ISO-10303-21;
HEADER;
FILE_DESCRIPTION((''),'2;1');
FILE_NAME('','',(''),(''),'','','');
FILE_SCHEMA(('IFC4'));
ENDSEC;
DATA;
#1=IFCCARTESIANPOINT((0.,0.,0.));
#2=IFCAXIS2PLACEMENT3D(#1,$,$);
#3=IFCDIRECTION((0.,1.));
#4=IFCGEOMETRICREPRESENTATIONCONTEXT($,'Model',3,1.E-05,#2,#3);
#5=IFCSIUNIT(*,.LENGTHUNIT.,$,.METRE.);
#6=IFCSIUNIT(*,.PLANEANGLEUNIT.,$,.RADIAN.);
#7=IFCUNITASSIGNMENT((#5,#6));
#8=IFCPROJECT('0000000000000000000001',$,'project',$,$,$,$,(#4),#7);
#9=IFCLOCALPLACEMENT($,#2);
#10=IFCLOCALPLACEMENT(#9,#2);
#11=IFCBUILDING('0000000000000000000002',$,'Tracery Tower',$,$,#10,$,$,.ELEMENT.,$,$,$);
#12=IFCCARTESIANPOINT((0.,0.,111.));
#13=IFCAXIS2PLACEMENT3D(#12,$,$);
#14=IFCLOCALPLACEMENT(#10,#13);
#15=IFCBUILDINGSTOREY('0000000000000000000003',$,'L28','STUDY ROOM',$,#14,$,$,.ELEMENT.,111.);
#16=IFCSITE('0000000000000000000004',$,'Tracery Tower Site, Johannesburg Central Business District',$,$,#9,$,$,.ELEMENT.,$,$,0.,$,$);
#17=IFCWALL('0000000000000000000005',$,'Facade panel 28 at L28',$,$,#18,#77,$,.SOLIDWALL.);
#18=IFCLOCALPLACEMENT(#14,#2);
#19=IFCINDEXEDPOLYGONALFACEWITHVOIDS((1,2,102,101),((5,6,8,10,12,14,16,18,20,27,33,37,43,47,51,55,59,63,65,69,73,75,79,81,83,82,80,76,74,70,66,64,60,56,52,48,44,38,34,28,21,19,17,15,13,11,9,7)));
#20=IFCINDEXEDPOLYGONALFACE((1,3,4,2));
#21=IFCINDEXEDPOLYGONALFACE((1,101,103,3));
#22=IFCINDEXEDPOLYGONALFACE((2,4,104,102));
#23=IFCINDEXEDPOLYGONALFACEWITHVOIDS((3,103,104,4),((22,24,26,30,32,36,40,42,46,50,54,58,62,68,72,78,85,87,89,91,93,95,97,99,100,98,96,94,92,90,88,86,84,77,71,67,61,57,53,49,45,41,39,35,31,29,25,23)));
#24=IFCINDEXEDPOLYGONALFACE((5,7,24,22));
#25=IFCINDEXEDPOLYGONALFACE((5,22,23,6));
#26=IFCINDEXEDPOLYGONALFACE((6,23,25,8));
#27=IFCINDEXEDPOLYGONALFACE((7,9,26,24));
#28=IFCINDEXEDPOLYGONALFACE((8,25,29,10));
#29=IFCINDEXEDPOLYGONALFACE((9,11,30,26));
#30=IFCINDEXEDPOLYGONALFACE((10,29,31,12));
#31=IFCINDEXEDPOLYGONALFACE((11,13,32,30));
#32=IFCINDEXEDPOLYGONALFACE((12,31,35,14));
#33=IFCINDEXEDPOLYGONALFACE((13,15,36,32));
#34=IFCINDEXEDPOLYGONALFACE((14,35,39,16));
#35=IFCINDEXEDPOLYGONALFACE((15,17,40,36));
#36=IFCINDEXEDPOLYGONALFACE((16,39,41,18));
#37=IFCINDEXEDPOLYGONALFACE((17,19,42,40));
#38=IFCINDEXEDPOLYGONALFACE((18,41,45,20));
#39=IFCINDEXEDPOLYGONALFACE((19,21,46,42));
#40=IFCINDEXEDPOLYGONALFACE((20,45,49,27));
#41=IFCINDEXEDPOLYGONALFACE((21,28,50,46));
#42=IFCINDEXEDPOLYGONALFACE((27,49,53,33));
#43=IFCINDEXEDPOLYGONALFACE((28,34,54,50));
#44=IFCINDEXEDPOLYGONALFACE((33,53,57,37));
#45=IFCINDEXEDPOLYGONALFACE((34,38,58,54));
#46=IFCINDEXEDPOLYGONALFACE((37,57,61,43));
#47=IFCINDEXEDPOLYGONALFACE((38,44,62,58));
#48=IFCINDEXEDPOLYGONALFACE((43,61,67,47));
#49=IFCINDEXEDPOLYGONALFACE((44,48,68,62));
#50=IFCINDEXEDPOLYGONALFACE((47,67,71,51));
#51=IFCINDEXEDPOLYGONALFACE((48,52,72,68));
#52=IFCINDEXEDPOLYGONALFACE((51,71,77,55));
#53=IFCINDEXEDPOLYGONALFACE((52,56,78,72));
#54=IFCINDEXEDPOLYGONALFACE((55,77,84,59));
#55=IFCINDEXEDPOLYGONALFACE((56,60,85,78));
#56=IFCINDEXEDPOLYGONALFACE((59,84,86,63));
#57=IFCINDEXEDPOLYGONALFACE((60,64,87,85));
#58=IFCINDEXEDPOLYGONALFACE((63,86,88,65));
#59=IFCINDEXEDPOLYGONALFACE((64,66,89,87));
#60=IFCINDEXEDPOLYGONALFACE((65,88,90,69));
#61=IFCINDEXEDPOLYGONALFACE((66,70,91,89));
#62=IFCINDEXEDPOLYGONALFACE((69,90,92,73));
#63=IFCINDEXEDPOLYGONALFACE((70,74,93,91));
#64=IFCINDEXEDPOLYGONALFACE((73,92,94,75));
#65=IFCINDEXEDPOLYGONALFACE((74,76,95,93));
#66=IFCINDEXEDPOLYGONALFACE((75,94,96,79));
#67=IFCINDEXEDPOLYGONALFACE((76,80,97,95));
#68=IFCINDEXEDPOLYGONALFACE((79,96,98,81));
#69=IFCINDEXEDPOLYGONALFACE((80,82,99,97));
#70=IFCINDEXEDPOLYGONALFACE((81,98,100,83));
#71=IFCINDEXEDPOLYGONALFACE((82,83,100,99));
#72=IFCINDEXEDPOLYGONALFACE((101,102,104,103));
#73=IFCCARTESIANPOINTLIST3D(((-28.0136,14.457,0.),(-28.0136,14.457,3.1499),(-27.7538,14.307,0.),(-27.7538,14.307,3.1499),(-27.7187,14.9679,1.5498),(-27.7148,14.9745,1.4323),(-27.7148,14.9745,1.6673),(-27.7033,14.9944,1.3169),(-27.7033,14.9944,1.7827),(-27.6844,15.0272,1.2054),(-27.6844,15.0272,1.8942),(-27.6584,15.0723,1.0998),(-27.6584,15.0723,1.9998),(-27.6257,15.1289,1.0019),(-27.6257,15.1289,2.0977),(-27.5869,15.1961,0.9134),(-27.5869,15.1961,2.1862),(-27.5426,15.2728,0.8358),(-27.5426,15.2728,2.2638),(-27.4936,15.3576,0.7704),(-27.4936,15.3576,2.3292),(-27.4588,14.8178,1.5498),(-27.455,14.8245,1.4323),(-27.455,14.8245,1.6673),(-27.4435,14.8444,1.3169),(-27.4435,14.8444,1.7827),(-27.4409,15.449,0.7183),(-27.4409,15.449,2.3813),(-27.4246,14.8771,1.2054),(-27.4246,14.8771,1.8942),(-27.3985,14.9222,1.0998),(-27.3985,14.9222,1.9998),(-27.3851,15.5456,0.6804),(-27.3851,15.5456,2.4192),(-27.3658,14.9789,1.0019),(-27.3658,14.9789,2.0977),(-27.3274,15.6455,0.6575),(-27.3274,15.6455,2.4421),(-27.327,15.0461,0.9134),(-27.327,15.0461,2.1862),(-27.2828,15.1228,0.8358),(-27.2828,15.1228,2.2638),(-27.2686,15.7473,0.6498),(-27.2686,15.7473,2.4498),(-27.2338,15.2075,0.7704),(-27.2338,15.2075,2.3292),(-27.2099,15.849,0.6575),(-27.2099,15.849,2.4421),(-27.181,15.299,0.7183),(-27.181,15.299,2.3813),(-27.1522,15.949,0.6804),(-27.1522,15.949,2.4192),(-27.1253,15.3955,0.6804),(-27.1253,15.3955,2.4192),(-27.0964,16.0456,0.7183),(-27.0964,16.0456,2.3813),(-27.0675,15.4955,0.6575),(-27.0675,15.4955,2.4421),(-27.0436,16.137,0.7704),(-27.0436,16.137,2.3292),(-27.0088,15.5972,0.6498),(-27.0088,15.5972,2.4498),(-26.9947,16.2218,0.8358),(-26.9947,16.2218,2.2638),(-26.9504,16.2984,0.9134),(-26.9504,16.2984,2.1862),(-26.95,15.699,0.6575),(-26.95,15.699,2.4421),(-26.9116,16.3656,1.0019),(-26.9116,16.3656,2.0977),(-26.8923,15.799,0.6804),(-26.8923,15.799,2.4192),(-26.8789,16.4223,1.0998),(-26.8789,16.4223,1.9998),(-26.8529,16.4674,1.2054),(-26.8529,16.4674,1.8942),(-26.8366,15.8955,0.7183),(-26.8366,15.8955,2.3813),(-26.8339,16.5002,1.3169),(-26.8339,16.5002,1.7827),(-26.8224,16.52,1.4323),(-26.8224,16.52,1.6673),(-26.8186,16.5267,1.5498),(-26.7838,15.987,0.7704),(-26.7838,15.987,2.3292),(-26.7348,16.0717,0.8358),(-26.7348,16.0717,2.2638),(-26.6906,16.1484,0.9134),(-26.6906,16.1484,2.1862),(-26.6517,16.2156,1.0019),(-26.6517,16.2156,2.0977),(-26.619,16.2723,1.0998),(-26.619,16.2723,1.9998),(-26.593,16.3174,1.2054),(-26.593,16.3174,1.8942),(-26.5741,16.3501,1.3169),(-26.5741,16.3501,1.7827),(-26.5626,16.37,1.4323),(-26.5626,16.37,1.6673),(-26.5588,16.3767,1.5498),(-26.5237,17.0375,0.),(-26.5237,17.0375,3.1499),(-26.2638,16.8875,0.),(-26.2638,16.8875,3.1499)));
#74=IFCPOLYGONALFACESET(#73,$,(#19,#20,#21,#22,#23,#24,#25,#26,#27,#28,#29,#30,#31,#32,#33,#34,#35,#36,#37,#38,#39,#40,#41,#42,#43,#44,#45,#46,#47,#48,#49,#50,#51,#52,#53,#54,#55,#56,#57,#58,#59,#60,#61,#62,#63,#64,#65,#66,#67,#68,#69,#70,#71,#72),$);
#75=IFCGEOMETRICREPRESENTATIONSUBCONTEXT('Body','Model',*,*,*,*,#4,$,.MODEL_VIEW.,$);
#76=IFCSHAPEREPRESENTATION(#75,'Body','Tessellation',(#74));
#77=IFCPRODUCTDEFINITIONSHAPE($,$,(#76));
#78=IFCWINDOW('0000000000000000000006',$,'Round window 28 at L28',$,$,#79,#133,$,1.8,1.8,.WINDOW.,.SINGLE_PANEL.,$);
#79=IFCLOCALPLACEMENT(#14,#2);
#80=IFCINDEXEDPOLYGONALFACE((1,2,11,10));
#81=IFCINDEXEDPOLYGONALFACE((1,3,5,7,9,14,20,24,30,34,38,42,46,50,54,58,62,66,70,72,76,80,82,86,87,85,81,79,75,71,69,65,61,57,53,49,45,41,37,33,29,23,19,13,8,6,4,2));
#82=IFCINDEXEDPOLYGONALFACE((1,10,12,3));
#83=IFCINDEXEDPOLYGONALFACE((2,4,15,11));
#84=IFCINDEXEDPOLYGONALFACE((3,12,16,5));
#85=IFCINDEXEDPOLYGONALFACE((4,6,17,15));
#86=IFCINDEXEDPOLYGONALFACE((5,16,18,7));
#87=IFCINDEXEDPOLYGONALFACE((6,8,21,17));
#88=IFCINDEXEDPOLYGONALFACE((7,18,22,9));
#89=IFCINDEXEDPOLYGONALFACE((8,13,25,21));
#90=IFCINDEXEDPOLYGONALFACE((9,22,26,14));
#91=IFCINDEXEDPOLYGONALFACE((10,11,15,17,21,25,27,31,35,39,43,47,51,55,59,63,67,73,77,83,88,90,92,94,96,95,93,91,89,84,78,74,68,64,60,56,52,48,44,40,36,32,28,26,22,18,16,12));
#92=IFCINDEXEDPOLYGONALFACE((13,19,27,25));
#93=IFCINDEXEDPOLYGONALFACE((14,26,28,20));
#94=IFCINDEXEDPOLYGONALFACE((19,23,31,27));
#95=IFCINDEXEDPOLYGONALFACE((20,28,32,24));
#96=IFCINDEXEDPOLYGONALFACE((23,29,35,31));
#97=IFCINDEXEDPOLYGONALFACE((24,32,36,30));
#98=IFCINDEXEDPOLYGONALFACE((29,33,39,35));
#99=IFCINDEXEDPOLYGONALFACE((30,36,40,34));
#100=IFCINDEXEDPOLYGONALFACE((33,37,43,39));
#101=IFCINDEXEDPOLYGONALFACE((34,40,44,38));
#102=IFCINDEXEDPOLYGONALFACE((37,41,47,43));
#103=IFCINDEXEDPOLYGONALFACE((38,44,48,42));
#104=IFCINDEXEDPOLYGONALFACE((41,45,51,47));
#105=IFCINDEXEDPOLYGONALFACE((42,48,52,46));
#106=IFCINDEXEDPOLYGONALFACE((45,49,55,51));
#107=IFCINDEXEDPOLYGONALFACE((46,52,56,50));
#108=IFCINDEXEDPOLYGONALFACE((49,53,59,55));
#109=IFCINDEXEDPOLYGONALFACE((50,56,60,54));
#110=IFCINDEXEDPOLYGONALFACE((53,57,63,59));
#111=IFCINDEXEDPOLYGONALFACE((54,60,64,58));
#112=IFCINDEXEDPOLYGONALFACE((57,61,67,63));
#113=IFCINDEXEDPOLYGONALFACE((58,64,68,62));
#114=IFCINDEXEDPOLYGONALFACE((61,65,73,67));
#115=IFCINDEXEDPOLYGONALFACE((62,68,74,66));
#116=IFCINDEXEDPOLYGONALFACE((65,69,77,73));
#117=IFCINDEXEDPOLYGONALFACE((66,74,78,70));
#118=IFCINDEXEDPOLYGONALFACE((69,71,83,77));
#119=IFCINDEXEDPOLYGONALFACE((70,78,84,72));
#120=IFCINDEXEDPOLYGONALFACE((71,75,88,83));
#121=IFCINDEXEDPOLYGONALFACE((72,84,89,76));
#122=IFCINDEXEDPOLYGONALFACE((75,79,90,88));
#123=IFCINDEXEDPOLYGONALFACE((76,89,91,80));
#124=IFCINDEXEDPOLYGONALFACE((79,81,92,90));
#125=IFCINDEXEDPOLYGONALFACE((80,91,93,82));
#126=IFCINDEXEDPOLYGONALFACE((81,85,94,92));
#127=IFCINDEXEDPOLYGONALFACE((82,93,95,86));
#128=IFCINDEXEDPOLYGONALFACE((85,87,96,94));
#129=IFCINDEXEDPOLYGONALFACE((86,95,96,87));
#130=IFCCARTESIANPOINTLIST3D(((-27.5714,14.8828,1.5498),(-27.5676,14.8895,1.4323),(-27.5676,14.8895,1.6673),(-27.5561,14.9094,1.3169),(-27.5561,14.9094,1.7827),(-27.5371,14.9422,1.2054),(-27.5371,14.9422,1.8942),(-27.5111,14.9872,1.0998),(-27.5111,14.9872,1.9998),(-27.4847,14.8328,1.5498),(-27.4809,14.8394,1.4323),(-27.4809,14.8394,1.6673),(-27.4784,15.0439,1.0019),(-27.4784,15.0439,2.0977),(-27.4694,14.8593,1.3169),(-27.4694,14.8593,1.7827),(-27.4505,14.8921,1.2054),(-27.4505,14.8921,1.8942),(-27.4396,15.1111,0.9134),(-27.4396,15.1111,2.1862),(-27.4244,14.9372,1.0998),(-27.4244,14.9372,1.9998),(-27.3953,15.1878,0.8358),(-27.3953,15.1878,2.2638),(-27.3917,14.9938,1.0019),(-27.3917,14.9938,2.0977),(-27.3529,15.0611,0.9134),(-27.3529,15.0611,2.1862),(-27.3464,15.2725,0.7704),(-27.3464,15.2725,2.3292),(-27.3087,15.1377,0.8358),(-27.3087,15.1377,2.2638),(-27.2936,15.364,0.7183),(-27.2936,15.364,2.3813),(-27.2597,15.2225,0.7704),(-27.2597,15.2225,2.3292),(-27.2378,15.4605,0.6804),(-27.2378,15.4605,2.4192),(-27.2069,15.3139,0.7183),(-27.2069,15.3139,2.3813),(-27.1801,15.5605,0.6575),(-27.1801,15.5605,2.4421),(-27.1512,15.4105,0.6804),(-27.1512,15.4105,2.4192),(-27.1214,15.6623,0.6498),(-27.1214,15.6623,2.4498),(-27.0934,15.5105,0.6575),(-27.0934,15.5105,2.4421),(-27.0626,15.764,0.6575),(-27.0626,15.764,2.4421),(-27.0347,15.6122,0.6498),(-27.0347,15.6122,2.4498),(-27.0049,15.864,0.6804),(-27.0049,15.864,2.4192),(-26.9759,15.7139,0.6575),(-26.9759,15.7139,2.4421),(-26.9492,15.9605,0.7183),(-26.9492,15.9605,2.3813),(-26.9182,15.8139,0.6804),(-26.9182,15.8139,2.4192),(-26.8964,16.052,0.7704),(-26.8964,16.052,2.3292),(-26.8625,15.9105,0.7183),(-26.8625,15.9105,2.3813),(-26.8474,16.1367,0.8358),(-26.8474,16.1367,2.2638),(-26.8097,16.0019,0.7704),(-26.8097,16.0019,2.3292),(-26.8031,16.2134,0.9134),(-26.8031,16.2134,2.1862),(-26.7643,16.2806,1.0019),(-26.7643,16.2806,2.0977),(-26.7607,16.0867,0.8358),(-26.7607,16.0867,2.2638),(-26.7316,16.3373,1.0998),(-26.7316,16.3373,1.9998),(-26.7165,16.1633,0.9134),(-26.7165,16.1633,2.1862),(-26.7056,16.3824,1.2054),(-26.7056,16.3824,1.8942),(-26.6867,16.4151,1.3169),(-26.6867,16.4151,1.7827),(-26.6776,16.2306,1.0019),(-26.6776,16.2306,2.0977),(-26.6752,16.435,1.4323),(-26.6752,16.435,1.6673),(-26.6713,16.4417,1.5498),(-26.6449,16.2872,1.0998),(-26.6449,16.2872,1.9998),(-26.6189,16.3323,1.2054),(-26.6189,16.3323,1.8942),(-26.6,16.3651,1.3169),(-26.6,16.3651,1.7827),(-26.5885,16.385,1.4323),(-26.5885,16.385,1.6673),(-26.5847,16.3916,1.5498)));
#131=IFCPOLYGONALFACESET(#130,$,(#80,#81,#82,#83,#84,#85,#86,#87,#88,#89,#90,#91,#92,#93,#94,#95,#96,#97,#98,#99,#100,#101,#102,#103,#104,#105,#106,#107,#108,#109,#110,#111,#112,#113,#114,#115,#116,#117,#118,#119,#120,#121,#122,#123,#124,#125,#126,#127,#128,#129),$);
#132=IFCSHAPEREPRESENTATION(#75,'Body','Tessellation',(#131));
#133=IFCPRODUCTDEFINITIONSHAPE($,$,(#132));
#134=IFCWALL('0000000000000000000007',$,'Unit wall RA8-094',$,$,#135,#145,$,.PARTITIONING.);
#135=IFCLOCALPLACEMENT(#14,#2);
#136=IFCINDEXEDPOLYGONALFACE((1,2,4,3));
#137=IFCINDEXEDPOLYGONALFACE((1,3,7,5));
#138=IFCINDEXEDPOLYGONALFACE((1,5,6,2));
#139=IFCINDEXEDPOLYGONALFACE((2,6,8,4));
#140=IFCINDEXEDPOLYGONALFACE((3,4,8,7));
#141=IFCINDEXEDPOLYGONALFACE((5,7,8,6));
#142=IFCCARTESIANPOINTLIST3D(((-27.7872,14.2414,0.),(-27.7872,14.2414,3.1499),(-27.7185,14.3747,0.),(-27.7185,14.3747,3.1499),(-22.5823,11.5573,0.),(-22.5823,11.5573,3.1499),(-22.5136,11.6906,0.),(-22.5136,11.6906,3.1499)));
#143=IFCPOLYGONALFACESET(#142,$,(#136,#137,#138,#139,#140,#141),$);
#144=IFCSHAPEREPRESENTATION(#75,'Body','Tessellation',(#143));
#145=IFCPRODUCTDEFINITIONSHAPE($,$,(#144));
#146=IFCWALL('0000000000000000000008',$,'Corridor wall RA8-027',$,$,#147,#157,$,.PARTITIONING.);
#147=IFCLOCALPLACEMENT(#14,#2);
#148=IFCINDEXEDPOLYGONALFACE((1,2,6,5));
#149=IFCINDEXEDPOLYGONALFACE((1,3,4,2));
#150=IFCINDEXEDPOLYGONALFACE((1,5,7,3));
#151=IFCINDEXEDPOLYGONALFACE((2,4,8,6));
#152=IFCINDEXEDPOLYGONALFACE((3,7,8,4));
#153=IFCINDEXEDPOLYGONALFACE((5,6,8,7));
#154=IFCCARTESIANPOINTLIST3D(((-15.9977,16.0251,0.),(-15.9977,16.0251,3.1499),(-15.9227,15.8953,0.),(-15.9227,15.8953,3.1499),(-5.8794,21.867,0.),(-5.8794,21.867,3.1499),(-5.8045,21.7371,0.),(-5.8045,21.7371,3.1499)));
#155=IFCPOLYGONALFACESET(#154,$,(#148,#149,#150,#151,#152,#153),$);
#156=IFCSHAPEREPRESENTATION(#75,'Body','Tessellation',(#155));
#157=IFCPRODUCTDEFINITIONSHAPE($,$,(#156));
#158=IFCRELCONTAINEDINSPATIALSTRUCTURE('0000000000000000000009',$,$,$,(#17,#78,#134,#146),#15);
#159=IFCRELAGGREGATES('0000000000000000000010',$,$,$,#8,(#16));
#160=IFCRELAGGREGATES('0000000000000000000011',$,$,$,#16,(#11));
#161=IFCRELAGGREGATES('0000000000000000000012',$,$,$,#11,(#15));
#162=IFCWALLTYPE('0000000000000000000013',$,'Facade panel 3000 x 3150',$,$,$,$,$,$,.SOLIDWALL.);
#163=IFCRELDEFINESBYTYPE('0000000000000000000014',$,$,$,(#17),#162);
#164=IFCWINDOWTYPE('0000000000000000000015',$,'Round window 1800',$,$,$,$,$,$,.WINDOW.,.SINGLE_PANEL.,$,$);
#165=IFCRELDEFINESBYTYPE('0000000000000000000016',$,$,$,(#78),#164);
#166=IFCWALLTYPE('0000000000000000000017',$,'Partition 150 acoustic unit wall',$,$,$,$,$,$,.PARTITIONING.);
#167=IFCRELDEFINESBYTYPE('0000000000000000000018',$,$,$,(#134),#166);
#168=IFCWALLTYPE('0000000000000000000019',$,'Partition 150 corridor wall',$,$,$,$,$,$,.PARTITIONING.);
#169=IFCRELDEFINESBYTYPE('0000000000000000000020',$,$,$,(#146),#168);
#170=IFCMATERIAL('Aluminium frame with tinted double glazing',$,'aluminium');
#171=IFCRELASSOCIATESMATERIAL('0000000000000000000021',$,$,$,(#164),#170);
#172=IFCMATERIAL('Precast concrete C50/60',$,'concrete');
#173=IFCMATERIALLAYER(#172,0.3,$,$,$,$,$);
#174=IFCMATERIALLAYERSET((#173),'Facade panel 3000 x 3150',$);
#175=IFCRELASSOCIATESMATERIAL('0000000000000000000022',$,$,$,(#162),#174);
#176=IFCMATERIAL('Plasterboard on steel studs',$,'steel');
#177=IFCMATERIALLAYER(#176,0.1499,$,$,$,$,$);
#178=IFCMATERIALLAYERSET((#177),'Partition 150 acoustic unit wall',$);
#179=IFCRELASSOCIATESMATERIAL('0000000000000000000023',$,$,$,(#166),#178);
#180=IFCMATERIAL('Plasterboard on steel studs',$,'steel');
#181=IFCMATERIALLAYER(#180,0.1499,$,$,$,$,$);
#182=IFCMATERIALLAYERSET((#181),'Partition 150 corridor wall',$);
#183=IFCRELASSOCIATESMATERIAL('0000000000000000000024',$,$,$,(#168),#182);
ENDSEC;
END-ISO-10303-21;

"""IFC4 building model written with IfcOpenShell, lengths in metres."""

from ifc_helpers import new_model, si_unit, direction, frame, frame_2d, origin, origin_2d, place, context, subcontext, project, spatial, rectangle, circle, extrude, material, layer, layer_set, type_object, element, fill, save


model = new_model("IFC4")

# Units and contexts
model_context = context("Model", 3, precision=1e-05, world=origin(), true_north=direction((0.0, 1.0)))
body_context = subcontext(model_context, "Body", "Model", "MODEL_VIEW")
ifc_project = project(units=[si_unit("LENGTHUNIT", "METRE"), si_unit("PLANEANGLEUNIT", "RADIAN")], contexts=[model_context])

# Site, building, storey
site_placement = place(None, origin())
site = spatial("IfcSite", under=ifc_project, at=site_placement, Name="Tracery Tower Site, Johannesburg Central Business District", CompositionType="ELEMENT", RefElevation=0.0)
building_placement = place(site_placement, origin())
building = spatial("IfcBuilding", under=site, at=building_placement, Name="Tracery Tower", CompositionType="ELEMENT")
storey_placement = place(building_placement, frame((0.0, 0.0, 111.0)))
storey = spatial("IfcBuildingStorey", under=building, at=storey_placement, Name="L28", Description="STUDY ROOM", CompositionType="ELEMENT", Elevation=111.0)

# Wall, opening, window
ifc_material_1 = material(Name="Aluminium frame with tinted double glazing", Category="aluminium")
window_type = type_object("IfcWindowType", Name="Round window 1800", PartitioningType="SINGLE_PANEL", PredefinedType="WINDOW", material=ifc_material_1)
ifc_material_2 = material(Name="Precast concrete C50/60", Category="concrete")
ifc_layer_1 = layer(ifc_material_2, 0.3)
ifc_layer_set_1 = layer_set([ifc_layer_1], Name="Facade panel 3000 x 3150")
wall_type_1 = type_object("IfcWallType", Name="Facade panel 3000 x 3150", PredefinedType="SOLIDWALL", material=ifc_layer_set_1)
wall_1_placement = place(storey_placement, frame((-26.3938, 16.9624, 0.0), z_axis=(0.0, 0.0, 1.0), x_axis=(-0.500025, -0.866011, 0.0)))
wall_1 = element("IfcWall", 1, at=wall_1_placement, inside=storey, type_object=wall_type_1, Name="Facade panel 28 at L28", PredefinedType="SOLIDWALL", context=body_context, shape_type="SweptSolid", body=[
    extrude(rectangle(XDim=2.9797, YDim=0.3, at=frame_2d((1.4897, 0.0))), origin(), (0.0, 0.0, 1.0), 3.1499),
])
opening_1_placement = place(wall_1_placement, frame((1.4897, 0.0, 1.5498)))
opening_1 = element("IfcOpeningElement", 2, at=opening_1_placement, cuts=wall_1, PredefinedType="OPENING", context=body_context, shape_type="SweptSolid", body=[
    extrude(circle(Radius=0.9, at=origin_2d()), frame((0.0, 0.1599, 0.0), z_axis=(0.0, -1.0, 0.0), x_axis=(1.0, 0.0, 0.0)), (0.0, 0.0, 1.0), 0.3201),
])
window_1_placement = place(opening_1_placement, origin())
window_1 = element("IfcWindow", 3, at=window_1_placement, inside=storey, type_object=window_type, Name="Round window 28 at L28", OverallHeight=1.8, OverallWidth=1.8, PartitioningType="SINGLE_PANEL", PredefinedType="WINDOW", context=body_context, shape_type="SweptSolid", body=[
    extrude(circle(Radius=0.9, at=origin_2d()), frame((0.0, 0.1201, 0.0), z_axis=(0.0, -1.0, 0.0), x_axis=(1.0, 0.0, 0.0)), (0.0, 0.0, 1.0), 0.1001),
])
fill(opening_1, window_1)

# Walls
ifc_material_3 = material(Name="Plasterboard on steel studs", Category="steel")
ifc_layer_2 = layer(ifc_material_3, 0.1499)
ifc_layer_set_2 = layer_set([ifc_layer_2], Name="Partition 150 acoustic unit wall")
wall_type_2 = type_object("IfcWallType", Name="Partition 150 acoustic unit wall", PredefinedType="PARTITIONING", material=ifc_layer_set_2)
wall_2_placement = place(storey_placement, frame((-27.7529, 14.3081, 0.0), z_axis=(0.0, 0.0, 1.0), x_axis=(0.88878, -0.458335, 0.0)))
element("IfcWall", 4, at=wall_2_placement, inside=storey, type_object=wall_type_2, Name="Unit wall RA8-094", PredefinedType="PARTITIONING", context=body_context, shape_type="SweptSolid", body=[
    extrude(rectangle(XDim=5.8562, YDim=0.1499, at=frame_2d((2.9282, 0.0))), origin(), (0.0, 0.0, 1.0), 3.1499),
])
ifc_material_4 = material(Name="Plasterboard on steel studs", Category="steel")
ifc_layer_3 = layer(ifc_material_4, 0.1499)
ifc_layer_set_3 = layer_set([ifc_layer_3], Name="Partition 150 corridor wall")
wall_type_3 = type_object("IfcWallType", Name="Partition 150 corridor wall", PredefinedType="PARTITIONING", material=ifc_layer_set_3)
wall_3_placement = place(storey_placement, frame((-15.9602, 15.9602, 0.0), z_axis=(0.0, 0.0, 1.0), x_axis=(0.866023, 0.500005, 0.0)))
element("IfcWall", 5, at=wall_3_placement, inside=storey, type_object=wall_type_3, Name="Corridor wall RA8-027", PredefinedType="PARTITIONING", context=body_context, shape_type="SweptSolid", body=[
    extrude(rectangle(XDim=11.6836, YDim=0.1499, at=frame_2d((5.8418, 0.0))), origin(), (0.0, 0.0, 1.0), 3.1499),
])

save(model, "model.ifc")
